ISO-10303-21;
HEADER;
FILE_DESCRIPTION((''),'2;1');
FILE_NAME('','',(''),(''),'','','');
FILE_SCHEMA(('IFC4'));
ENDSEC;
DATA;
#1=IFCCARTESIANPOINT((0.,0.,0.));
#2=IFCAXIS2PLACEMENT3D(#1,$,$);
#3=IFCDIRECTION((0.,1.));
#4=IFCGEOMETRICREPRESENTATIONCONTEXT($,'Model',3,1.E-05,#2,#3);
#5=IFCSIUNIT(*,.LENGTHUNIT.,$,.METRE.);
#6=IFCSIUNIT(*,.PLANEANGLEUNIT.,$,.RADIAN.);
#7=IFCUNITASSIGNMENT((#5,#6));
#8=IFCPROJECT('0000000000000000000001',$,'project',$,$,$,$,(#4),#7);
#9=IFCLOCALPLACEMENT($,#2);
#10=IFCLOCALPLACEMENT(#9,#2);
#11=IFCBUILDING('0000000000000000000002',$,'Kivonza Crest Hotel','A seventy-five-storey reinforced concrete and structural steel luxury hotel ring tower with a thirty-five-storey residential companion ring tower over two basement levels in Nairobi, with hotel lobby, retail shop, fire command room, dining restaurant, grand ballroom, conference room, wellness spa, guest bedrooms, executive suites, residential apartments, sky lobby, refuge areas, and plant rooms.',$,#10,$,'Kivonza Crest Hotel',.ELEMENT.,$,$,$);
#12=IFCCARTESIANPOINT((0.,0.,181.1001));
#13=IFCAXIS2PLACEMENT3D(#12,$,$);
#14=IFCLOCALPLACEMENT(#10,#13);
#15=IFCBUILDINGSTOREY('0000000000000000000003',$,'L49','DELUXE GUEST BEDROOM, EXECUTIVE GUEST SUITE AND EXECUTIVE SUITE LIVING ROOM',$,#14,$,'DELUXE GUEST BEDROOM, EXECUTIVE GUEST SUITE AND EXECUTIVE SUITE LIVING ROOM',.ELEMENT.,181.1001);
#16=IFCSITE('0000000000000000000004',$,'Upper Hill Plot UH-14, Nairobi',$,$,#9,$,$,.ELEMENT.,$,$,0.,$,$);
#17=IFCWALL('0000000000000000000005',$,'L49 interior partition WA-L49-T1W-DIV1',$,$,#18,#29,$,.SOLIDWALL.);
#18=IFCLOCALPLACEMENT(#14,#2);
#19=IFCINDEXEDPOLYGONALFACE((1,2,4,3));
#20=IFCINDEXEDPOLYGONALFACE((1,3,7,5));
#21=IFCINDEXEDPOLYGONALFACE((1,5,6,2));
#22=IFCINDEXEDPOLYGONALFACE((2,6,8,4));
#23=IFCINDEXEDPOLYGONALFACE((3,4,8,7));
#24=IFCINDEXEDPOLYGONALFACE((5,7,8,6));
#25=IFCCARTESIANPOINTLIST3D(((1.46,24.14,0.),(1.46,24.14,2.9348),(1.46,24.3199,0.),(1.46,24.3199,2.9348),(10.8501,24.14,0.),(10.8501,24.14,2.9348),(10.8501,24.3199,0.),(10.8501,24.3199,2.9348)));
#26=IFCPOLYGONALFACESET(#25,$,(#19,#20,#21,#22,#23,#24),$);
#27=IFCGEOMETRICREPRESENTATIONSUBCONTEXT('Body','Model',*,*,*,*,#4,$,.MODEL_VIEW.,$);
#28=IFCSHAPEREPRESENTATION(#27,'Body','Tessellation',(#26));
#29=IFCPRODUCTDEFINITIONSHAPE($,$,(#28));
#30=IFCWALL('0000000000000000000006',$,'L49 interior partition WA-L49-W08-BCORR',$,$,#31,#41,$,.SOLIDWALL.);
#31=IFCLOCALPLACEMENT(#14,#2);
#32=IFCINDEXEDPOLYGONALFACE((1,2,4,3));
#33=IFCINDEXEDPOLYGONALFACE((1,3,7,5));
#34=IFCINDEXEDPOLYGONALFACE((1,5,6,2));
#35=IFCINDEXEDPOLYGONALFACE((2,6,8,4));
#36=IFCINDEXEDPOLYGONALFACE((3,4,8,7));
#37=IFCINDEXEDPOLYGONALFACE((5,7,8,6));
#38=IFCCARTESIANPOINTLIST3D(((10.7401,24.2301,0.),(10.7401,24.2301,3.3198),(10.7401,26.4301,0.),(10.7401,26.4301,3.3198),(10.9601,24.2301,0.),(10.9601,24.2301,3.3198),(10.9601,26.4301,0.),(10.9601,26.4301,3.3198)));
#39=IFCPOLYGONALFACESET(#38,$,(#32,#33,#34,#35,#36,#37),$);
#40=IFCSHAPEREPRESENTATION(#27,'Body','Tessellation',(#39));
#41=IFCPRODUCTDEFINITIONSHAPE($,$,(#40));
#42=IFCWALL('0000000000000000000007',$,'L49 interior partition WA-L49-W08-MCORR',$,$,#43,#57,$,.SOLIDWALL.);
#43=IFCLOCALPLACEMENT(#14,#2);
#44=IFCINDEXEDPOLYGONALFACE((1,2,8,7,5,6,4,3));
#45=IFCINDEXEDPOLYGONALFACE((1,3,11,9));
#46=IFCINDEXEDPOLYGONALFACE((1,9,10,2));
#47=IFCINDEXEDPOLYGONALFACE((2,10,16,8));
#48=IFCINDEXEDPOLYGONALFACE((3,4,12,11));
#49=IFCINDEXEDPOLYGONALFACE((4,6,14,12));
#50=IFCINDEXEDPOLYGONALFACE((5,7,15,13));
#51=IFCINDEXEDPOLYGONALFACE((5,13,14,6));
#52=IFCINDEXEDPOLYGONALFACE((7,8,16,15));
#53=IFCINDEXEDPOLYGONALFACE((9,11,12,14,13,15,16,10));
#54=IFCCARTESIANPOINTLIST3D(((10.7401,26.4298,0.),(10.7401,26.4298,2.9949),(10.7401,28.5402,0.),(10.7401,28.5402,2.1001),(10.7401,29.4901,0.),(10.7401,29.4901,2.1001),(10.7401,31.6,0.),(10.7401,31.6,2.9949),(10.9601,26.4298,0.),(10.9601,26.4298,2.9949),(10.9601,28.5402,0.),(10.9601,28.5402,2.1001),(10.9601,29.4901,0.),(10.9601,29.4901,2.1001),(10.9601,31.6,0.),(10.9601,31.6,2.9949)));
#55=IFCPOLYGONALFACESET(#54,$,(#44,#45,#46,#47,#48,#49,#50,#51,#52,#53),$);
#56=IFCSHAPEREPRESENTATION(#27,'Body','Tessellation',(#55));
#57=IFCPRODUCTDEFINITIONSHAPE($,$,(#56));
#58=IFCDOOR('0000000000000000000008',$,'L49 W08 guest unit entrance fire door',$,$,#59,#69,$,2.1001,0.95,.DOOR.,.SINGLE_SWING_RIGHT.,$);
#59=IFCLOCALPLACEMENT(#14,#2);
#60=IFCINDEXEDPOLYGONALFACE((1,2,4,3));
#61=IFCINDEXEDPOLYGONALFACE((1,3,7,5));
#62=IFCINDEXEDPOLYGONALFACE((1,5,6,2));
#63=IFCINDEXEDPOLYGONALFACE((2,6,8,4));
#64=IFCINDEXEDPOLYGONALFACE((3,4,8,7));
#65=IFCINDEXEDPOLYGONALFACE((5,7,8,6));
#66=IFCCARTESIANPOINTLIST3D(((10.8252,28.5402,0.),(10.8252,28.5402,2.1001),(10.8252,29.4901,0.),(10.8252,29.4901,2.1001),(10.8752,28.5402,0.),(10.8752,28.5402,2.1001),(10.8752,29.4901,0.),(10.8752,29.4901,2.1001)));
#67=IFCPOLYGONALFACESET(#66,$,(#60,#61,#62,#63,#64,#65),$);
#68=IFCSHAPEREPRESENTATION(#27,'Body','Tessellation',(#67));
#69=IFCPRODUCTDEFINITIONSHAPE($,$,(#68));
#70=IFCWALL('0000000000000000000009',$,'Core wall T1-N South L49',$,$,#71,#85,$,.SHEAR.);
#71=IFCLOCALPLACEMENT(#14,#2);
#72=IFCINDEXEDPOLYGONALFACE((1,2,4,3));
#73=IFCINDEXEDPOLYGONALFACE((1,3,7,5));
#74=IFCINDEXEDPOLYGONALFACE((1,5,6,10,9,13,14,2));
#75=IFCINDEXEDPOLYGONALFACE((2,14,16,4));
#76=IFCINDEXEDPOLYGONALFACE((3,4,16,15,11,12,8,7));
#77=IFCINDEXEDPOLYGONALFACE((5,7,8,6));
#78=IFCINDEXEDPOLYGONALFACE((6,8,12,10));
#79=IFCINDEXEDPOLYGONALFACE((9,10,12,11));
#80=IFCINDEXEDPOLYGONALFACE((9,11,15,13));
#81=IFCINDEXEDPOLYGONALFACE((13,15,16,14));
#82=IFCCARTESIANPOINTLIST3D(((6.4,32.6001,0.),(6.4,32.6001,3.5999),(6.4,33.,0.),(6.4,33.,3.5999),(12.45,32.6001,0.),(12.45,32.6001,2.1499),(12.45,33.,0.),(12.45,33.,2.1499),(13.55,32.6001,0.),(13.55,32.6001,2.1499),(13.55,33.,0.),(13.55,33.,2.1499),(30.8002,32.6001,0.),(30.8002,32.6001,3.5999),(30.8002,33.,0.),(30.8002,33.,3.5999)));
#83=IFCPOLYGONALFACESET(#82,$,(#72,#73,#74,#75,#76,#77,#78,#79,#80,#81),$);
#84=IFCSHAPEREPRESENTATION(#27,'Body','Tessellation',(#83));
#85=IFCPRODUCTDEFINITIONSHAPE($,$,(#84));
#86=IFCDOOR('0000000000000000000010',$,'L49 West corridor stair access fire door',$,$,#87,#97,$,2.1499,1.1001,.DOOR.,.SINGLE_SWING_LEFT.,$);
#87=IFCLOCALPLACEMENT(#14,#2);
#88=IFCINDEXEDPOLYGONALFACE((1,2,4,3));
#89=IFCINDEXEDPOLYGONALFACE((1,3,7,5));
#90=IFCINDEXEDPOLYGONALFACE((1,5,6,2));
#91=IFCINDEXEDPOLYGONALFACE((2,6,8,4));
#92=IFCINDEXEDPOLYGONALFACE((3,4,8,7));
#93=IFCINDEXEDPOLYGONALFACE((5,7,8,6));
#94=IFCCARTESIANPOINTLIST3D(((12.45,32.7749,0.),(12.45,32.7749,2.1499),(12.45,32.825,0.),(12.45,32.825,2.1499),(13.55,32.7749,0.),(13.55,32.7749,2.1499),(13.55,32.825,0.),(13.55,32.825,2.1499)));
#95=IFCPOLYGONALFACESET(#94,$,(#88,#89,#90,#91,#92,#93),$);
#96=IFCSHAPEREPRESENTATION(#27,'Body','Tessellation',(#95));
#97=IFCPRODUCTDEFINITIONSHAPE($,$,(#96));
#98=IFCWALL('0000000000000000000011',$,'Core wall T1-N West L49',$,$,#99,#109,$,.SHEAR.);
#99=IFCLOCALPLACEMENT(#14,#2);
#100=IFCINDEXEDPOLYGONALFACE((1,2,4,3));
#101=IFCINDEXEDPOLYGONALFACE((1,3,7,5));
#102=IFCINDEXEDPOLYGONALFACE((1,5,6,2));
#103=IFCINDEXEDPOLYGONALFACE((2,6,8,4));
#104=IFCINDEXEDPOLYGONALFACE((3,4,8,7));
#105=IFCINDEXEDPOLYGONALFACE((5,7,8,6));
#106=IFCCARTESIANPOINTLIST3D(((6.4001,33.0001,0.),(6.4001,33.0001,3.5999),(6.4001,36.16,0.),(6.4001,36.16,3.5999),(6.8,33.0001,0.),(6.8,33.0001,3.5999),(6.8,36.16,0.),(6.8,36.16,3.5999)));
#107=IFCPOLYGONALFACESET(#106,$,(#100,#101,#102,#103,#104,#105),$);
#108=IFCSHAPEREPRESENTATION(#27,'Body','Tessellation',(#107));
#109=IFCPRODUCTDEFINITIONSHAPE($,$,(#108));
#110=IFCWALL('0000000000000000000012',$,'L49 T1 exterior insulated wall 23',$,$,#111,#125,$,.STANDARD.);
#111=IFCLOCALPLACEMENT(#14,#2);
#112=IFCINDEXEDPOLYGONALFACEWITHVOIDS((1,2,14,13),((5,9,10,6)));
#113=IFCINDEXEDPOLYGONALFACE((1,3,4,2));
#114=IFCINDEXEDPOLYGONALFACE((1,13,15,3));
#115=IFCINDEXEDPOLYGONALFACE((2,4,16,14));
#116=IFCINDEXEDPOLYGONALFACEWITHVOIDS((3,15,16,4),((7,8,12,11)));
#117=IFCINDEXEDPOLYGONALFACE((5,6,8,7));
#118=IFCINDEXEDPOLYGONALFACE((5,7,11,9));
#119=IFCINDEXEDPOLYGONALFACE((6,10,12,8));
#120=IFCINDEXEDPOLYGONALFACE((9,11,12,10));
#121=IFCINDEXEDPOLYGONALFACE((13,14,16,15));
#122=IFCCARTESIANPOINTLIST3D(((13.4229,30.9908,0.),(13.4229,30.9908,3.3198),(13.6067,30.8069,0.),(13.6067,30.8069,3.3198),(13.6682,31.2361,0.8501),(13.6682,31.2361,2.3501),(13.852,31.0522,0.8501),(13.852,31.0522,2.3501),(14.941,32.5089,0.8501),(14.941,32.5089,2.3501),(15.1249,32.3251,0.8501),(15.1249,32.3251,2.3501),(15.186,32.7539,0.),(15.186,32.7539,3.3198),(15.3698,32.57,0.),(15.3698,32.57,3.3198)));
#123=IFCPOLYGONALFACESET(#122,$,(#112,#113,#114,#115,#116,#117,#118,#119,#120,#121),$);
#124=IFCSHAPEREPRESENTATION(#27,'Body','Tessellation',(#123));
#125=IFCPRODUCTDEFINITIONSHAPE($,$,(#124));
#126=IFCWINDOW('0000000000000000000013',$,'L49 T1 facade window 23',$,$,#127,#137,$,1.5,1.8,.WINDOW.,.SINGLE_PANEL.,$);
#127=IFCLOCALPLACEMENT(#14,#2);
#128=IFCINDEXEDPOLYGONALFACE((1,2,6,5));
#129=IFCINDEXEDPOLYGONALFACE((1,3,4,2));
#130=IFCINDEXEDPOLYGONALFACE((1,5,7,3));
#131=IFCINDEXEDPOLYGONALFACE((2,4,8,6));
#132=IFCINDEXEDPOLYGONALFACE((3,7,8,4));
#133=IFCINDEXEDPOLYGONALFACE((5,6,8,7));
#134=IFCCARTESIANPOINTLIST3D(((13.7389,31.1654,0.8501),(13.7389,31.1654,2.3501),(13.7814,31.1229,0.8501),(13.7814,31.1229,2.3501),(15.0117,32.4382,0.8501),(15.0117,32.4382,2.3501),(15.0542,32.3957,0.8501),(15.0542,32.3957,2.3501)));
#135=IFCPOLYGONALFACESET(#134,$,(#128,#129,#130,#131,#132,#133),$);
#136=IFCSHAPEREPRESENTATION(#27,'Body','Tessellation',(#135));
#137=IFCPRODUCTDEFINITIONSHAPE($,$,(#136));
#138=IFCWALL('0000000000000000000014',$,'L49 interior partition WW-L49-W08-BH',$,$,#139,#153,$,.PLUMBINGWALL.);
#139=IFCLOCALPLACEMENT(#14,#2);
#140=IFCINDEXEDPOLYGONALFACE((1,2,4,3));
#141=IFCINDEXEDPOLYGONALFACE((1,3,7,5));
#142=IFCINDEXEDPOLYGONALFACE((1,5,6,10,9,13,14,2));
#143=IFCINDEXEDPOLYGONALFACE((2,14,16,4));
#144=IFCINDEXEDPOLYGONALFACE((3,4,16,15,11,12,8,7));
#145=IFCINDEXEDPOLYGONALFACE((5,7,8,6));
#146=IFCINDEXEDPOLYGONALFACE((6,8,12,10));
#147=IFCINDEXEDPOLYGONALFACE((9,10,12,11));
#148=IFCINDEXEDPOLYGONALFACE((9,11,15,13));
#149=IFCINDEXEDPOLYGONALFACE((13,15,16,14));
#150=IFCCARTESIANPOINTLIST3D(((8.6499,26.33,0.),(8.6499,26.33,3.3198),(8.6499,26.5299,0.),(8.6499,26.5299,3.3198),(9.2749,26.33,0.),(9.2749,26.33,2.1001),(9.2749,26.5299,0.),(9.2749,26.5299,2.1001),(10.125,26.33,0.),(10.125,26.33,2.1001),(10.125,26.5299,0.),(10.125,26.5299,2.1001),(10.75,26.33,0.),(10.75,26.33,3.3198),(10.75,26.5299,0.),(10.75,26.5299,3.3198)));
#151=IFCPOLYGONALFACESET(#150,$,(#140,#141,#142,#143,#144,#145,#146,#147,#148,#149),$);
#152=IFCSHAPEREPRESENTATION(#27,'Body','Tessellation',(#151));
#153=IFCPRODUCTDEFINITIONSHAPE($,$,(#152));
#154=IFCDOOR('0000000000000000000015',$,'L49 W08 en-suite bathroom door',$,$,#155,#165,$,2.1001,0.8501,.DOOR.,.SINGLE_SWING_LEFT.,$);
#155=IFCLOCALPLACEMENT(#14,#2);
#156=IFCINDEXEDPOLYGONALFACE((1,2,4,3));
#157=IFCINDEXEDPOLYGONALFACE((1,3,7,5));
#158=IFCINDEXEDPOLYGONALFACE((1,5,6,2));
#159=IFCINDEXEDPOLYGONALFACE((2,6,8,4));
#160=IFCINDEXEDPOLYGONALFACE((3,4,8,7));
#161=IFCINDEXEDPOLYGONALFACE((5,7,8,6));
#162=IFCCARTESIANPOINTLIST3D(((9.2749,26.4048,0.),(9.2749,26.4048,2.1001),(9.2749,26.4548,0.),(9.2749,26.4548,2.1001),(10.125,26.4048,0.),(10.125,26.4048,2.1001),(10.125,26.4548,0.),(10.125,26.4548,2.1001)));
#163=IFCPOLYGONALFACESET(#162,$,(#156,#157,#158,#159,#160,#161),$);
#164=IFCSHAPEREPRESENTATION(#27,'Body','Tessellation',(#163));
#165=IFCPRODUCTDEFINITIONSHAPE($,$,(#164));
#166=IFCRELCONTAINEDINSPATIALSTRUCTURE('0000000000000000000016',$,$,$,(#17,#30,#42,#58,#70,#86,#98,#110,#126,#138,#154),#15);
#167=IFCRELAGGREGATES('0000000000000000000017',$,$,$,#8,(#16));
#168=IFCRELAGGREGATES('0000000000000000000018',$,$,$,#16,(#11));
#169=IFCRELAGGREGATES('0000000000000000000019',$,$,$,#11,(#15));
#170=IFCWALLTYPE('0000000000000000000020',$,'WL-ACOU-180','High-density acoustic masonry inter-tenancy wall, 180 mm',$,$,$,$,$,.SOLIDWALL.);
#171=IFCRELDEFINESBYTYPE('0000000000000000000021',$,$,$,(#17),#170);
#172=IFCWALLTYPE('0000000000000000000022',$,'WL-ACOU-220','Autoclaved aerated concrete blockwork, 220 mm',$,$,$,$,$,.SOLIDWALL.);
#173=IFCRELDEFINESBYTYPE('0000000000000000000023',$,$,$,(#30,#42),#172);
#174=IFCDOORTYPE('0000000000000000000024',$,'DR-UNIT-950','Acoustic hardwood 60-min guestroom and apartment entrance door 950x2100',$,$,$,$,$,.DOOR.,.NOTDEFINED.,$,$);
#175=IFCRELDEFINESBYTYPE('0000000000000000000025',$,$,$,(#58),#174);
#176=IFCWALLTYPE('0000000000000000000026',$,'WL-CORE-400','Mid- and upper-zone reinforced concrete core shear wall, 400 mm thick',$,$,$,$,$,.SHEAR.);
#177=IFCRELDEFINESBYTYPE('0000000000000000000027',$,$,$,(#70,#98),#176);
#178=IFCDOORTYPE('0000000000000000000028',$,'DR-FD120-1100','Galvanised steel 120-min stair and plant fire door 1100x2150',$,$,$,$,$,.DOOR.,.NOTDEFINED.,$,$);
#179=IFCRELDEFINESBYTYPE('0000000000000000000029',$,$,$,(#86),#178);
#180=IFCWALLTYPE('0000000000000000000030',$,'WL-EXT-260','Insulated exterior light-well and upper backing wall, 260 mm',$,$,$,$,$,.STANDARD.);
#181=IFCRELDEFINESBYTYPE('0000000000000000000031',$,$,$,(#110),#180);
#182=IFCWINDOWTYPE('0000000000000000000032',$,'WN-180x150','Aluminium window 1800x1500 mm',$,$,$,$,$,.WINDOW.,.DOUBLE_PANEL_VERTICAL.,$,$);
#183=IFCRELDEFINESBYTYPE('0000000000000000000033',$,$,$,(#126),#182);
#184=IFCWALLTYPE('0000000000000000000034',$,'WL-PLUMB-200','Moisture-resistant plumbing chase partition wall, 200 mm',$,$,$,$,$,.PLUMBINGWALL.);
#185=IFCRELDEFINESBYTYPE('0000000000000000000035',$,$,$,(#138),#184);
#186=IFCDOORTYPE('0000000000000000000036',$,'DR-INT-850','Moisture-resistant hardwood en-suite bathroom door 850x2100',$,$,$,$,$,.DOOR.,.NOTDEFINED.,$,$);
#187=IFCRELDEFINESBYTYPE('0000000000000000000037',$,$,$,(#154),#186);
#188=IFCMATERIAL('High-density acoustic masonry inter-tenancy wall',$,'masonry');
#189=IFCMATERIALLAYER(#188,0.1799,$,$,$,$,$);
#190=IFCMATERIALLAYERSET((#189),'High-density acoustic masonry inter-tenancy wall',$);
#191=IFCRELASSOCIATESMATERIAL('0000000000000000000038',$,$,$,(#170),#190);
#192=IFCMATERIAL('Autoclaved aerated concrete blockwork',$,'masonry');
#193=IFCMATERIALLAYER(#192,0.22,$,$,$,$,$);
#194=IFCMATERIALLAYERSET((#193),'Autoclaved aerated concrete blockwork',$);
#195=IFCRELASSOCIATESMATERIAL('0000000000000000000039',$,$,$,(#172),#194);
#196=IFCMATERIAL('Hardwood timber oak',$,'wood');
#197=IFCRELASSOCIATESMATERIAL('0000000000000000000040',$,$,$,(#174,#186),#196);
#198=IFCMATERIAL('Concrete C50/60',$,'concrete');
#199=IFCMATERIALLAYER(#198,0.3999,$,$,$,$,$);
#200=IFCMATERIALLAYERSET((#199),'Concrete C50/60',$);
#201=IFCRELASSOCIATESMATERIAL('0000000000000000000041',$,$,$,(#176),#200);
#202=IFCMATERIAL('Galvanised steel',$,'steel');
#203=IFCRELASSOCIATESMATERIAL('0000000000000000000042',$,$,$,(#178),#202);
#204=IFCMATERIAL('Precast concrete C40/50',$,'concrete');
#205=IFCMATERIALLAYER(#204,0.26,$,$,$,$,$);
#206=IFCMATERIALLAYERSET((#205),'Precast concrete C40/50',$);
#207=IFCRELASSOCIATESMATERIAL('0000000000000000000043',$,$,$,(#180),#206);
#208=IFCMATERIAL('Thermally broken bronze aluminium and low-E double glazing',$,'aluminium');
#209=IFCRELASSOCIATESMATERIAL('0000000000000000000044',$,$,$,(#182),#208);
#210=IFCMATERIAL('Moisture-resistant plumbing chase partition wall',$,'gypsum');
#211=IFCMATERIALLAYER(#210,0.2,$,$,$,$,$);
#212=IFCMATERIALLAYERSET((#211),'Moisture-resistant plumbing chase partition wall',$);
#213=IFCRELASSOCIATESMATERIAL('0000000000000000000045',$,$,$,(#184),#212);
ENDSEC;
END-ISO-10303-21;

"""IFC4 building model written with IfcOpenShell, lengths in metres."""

from ifc_helpers import new_model, si_unit, direction, frame, frame_2d, origin, place, context, subcontext, project, spatial, rectangle, extrude, material, layer, layer_set, type_object, element, fill, save


model = new_model("IFC4")

# Units and contexts
model_context = context("Model", 3, precision=1e-05, world=origin(), true_north=direction((0.0, 1.0)))
body_context = subcontext(model_context, "Body", "Model", "MODEL_VIEW")
ifc_project = project(units=[si_unit("LENGTHUNIT", "METRE"), si_unit("PLANEANGLEUNIT", "RADIAN")], contexts=[model_context])

# Site, building, storey
site_placement = place(None, origin())
site = spatial("IfcSite", under=ifc_project, at=site_placement, Name="Upper Hill Plot UH-14, Nairobi", CompositionType="ELEMENT", RefElevation=0.0)
building_placement = place(site_placement, origin())
building = spatial("IfcBuilding", under=site, at=building_placement, Name="Kivonza Crest Hotel", Description="A seventy-five-storey reinforced concrete and structural steel luxury hotel ring tower with a thirty-five-storey residential companion ring tower over two basement levels in Nairobi, with hotel lobby, retail shop, fire command room, dining restaurant, grand ballroom, conference room, wellness spa, guest bedrooms, executive suites, residential apartments, sky lobby, refuge areas, and plant rooms.", LongName="Kivonza Crest Hotel", CompositionType="ELEMENT")
storey_placement = place(building_placement, frame((0.0, 0.0, 181.1001)))
storey = spatial("IfcBuildingStorey", under=building, at=storey_placement, Name="L49", Description="DELUXE GUEST BEDROOM, EXECUTIVE GUEST SUITE AND EXECUTIVE SUITE LIVING ROOM", LongName="DELUXE GUEST BEDROOM, EXECUTIVE GUEST SUITE AND EXECUTIVE SUITE LIVING ROOM", CompositionType="ELEMENT", Elevation=181.1001)

# Shared definitions
ifc_material_1 = material(Name="Concrete C50/60", Category="concrete")

# Walls
ifc_material_2 = material(Name="High-density acoustic masonry inter-tenancy wall", Category="masonry")
ifc_layer_1 = layer(ifc_material_2, 0.1799)
ifc_layer_set_1 = layer_set([ifc_layer_1], Name="High-density acoustic masonry inter-tenancy wall")
wall_type_1 = type_object("IfcWallType", Name="WL-ACOU-180", Description="High-density acoustic masonry inter-tenancy wall, 180 mm", PredefinedType="SOLIDWALL", material=ifc_layer_set_1)
wall_1_placement = place(storey_placement, frame((1.46, 24.23, 0.0), z_axis=(0.0, 0.0, 1.0), x_axis=(1.0, 0.0, 0.0)))
element("IfcWall", 1, at=wall_1_placement, inside=storey, type_object=wall_type_1, Name="L49 interior partition WA-L49-T1W-DIV1", PredefinedType="SOLIDWALL", context=body_context, shape_type="SweptSolid", body=[
    extrude(rectangle(XDim=9.3901, YDim=0.1799, at=frame_2d((4.6951, 0.0))), origin(), (0.0, 0.0, 1.0), 2.9348),
])
ifc_material_3 = material(Name="Autoclaved aerated concrete blockwork", Category="masonry")
ifc_layer_2 = layer(ifc_material_3, 0.22)
ifc_layer_set_2 = layer_set([ifc_layer_2], Name="Autoclaved aerated concrete blockwork")
wall_type_2 = type_object("IfcWallType", Name="WL-ACOU-220", Description="Autoclaved aerated concrete blockwork, 220 mm", PredefinedType="SOLIDWALL", material=ifc_layer_set_2)
wall_2_placement = place(storey_placement, frame((10.8501, 24.23, 0.0), z_axis=(0.0, 0.0, 1.0), x_axis=(0.0, 1.0, 0.0)))
element("IfcWall", 2, at=wall_2_placement, inside=storey, type_object=wall_type_2, Name="L49 interior partition WA-L49-W08-BCORR", PredefinedType="SOLIDWALL", context=body_context, shape_type="SweptSolid", body=[
    extrude(rectangle(XDim=2.2, YDim=0.22, at=frame_2d((1.1001, 0.0))), origin(), (0.0, 0.0, 1.0), 3.3198),
])

# Walls, openings, doors
wall_3_placement = place(storey_placement, frame((10.8501, 26.4299, 0.0), z_axis=(0.0, 0.0, 1.0), x_axis=(0.0, 1.0, 0.0)))
wall_3 = element("IfcWall", 3, at=wall_3_placement, inside=storey, type_object=wall_type_2, Name="L49 interior partition WA-L49-W08-MCORR", PredefinedType="SOLIDWALL", context=body_context, shape_type="SweptSolid", body=[
    extrude(rectangle(XDim=5.1702, YDim=0.22, at=frame_2d((2.585, 0.0))), origin(), (0.0, 0.0, 1.0), 2.9949),
])
opening_1_placement = place(wall_3_placement, frame((2.1101, 0.0, 0.0)))
opening_1 = element("IfcOpeningElement", 4, at=opening_1_placement, cuts=wall_3, PredefinedType="OPENING", context=body_context, shape_type="SweptSolid", body=[
    extrude(rectangle(XDim=0.95, YDim=2.1001, at=frame_2d((0.4751, 1.05))), frame((0.0, 0.1201, 0.0), z_axis=(0.0, -1.0, 0.0), x_axis=(1.0, 0.0, 0.0)), (0.0, 0.0, 1.0), 0.24),
])
ifc_material_4 = material(Name="Hardwood timber oak", Category="wood")
door_type_1 = type_object("IfcDoorType", Name="DR-UNIT-950", Description="Acoustic hardwood 60-min guestroom and apartment entrance door 950x2100", OperationType="NOTDEFINED", PredefinedType="DOOR", material=ifc_material_4)
door_1_placement = place(opening_1_placement, origin())
door_1 = element("IfcDoor", 5, at=door_1_placement, inside=storey, type_object=door_type_1, Name="L49 W08 guest unit entrance fire door", OperationType="SINGLE_SWING_RIGHT", OverallHeight=2.1001, OverallWidth=0.95, PredefinedType="DOOR", context=body_context, shape_type="SweptSolid", body=[
    extrude(rectangle(XDim=0.95, YDim=2.1001, at=frame_2d((0.4751, 1.05))), frame((0.0, 0.0249, 0.0), z_axis=(0.0, -1.0, 0.0), x_axis=(1.0, 0.0, 0.0)), (0.0, 0.0, 1.0), 0.05),
])
fill(opening_1, door_1)
ifc_layer_3 = layer(ifc_material_1, 0.3999)
ifc_layer_set_3 = layer_set([ifc_layer_3], Name="Concrete C50/60")
wall_type_3 = type_object("IfcWallType", Name="WL-CORE-400", Description="Mid- and upper-zone reinforced concrete core shear wall, 400 mm thick", PredefinedType="SHEAR", material=ifc_layer_set_3)
wall_4_placement = place(storey_placement, frame((6.3999, 32.8, 0.0), z_axis=(0.0, 0.0, 1.0), x_axis=(1.0, 0.0, 0.0)))
wall_4 = element("IfcWall", 6, at=wall_4_placement, inside=storey, type_object=wall_type_3, Name="Core wall T1-N South L49", PredefinedType="SHEAR", context=body_context, shape_type="SweptSolid", body=[
    extrude(rectangle(XDim=24.4001, YDim=0.3999, at=frame_2d((12.2002, 0.0))), origin(), (0.0, 0.0, 1.0), 3.5999),
])
opening_2_placement = place(wall_4_placement, frame((6.05, 0.0, 0.0)))
opening_2 = element("IfcOpeningElement", 7, at=opening_2_placement, cuts=wall_4, PredefinedType="OPENING", context=body_context, shape_type="SweptSolid", body=[
    extrude(rectangle(XDim=1.1001, YDim=2.1499, at=frame_2d((0.55, 1.075))), frame((0.0, 0.21, 0.0), z_axis=(0.0, -1.0, 0.0), x_axis=(1.0, 0.0, 0.0)), (0.0, 0.0, 1.0), 0.4199),
])
ifc_material_5 = material(Name="Galvanised steel", Category="steel")
door_type_2 = type_object("IfcDoorType", Name="DR-FD120-1100", Description="Galvanised steel 120-min stair and plant fire door 1100x2150", OperationType="NOTDEFINED", PredefinedType="DOOR", material=ifc_material_5)
door_2_placement = place(opening_2_placement, origin())
door_2 = element("IfcDoor", 8, at=door_2_placement, inside=storey, type_object=door_type_2, Name="L49 West corridor stair access fire door", OperationType="SINGLE_SWING_LEFT", OverallHeight=2.1499, OverallWidth=1.1001, PredefinedType="DOOR", context=body_context, shape_type="SweptSolid", body=[
    extrude(rectangle(XDim=1.1001, YDim=2.1499, at=frame_2d((0.55, 1.075))), frame((0.0, 0.0249, 0.0), z_axis=(0.0, -1.0, 0.0), x_axis=(1.0, 0.0, 0.0)), (0.0, 0.0, 1.0), 0.05),
])
fill(opening_2, door_2)

# Wall
wall_5_placement = place(storey_placement, frame((6.6001, 33.0, 0.0), z_axis=(0.0, 0.0, 1.0), x_axis=(0.0, 1.0, 0.0)))
element("IfcWall", 9, at=wall_5_placement, inside=storey, type_object=wall_type_3, Name="Core wall T1-N West L49", PredefinedType="SHEAR", context=body_context, shape_type="SweptSolid", body=[
    extrude(rectangle(XDim=3.1599, YDim=0.3999, at=frame_2d((1.5801, 0.0))), origin(), (0.0, 0.0, 1.0), 3.5999),
])

# Wall, opening, window
ifc_material_6 = material(Name="Precast concrete C40/50", Category="concrete")
ifc_layer_4 = layer(ifc_material_6, 0.26)
ifc_layer_set_4 = layer_set([ifc_layer_4], Name="Precast concrete C40/50")
wall_type_4 = type_object("IfcWallType", Name="WL-EXT-260", Description="Insulated exterior light-well and upper backing wall, 260 mm", PredefinedType="STANDARD", material=ifc_layer_set_4)
wall_6_placement = place(storey_placement, frame((13.5149, 30.8989, 0.0), z_axis=(0.0, 0.0, 1.0), x_axis=(0.707107, 0.707107, 0.0)))
wall_6 = element("IfcWall", 10, at=wall_6_placement, inside=storey, type_object=wall_type_4, Name="L49 T1 exterior insulated wall 23", PredefinedType="STANDARD", context=body_context, shape_type="SweptSolid", body=[
    extrude(rectangle(XDim=2.4934, YDim=0.26, at=frame_2d((1.2466, 0.0))), origin(), (0.0, 0.0, 1.0), 3.3198),
])
opening_3_placement = place(wall_6_placement, frame((0.3469, 0.0, 0.8501)))
opening_3 = element("IfcOpeningElement", 11, at=opening_3_placement, cuts=wall_6, PredefinedType="OPENING", context=body_context, shape_type="SweptSolid", body=[
    extrude(rectangle(XDim=1.8, YDim=1.5, at=frame_2d((0.8999, 0.75))), frame((0.0, 0.1401, 0.0), z_axis=(0.0, -1.0, 0.0), x_axis=(1.0, 0.0, 0.0)), (0.0, 0.0, 1.0), 0.28),
])
ifc_material_7 = material(Name="Thermally broken bronze aluminium and low-E double glazing", Category="aluminium")
window_type = type_object("IfcWindowType", Name="WN-180x150", Description="Aluminium window 1800x1500 mm", PartitioningType="DOUBLE_PANEL_VERTICAL", PredefinedType="WINDOW", material=ifc_material_7)
window_placement = place(opening_3_placement, origin())
window = element("IfcWindow", 12, at=window_placement, inside=storey, type_object=window_type, Name="L49 T1 facade window 23", OverallHeight=1.5, OverallWidth=1.8, PartitioningType="SINGLE_PANEL", PredefinedType="WINDOW", context=body_context, shape_type="SweptSolid", body=[
    extrude(rectangle(XDim=1.8, YDim=1.5, at=frame_2d((0.8999, 0.75))), frame((0.0, 0.03, 0.0), z_axis=(0.0, -1.0, 0.0), x_axis=(1.0, 0.0, 0.0)), (0.0, 0.0, 1.0), 0.0601),
])
fill(opening_3, window)

# Wall, opening, door
ifc_material_8 = material(Name="Moisture-resistant plumbing chase partition wall", Category="gypsum")
ifc_layer_5 = layer(ifc_material_8, 0.2)
ifc_layer_set_5 = layer_set([ifc_layer_5], Name="Moisture-resistant plumbing chase partition wall")
wall_type_5 = type_object("IfcWallType", Name="WL-PLUMB-200", Description="Moisture-resistant plumbing chase partition wall, 200 mm", PredefinedType="PLUMBINGWALL", material=ifc_layer_set_5)
wall_7_placement = place(storey_placement, frame((8.6499, 26.4299, 0.0), z_axis=(0.0, 0.0, 1.0), x_axis=(1.0, 0.0, 0.0)))
wall_7 = element("IfcWall", 13, at=wall_7_placement, inside=storey, type_object=wall_type_5, Name="L49 interior partition WW-L49-W08-BH", PredefinedType="PLUMBINGWALL", context=body_context, shape_type="SweptSolid", body=[
    extrude(rectangle(XDim=2.1001, YDim=0.2, at=frame_2d((1.05, 0.0))), origin(), (0.0, 0.0, 1.0), 3.3198),
])
opening_4_placement = place(wall_7_placement, frame((0.625, 0.0, 0.0)))
opening_4 = element("IfcOpeningElement", 14, at=opening_4_placement, cuts=wall_7, PredefinedType="OPENING", context=body_context, shape_type="SweptSolid", body=[
    extrude(rectangle(XDim=0.8501, YDim=2.1001, at=frame_2d((0.425, 1.05))), frame((0.0, 0.1099, 0.0), z_axis=(0.0, -1.0, 0.0), x_axis=(1.0, 0.0, 0.0)), (0.0, 0.0, 1.0), 0.22),
])
door_type_3 = type_object("IfcDoorType", Name="DR-INT-850", Description="Moisture-resistant hardwood en-suite bathroom door 850x2100", OperationType="NOTDEFINED", PredefinedType="DOOR", material=ifc_material_4)
door_3_placement = place(opening_4_placement, origin())
door_3 = element("IfcDoor", 15, at=door_3_placement, inside=storey, type_object=door_type_3, Name="L49 W08 en-suite bathroom door", OperationType="SINGLE_SWING_LEFT", OverallHeight=2.1001, OverallWidth=0.8501, PredefinedType="DOOR", context=body_context, shape_type="SweptSolid", body=[
    extrude(rectangle(XDim=0.8501, YDim=2.1001, at=frame_2d((0.425, 1.05))), frame((0.0, 0.0249, 0.0), z_axis=(0.0, -1.0, 0.0), x_axis=(1.0, 0.0, 0.0)), (0.0, 0.0, 1.0), 0.05),
])
fill(opening_4, door_3)

save(model, "model.ifc")
